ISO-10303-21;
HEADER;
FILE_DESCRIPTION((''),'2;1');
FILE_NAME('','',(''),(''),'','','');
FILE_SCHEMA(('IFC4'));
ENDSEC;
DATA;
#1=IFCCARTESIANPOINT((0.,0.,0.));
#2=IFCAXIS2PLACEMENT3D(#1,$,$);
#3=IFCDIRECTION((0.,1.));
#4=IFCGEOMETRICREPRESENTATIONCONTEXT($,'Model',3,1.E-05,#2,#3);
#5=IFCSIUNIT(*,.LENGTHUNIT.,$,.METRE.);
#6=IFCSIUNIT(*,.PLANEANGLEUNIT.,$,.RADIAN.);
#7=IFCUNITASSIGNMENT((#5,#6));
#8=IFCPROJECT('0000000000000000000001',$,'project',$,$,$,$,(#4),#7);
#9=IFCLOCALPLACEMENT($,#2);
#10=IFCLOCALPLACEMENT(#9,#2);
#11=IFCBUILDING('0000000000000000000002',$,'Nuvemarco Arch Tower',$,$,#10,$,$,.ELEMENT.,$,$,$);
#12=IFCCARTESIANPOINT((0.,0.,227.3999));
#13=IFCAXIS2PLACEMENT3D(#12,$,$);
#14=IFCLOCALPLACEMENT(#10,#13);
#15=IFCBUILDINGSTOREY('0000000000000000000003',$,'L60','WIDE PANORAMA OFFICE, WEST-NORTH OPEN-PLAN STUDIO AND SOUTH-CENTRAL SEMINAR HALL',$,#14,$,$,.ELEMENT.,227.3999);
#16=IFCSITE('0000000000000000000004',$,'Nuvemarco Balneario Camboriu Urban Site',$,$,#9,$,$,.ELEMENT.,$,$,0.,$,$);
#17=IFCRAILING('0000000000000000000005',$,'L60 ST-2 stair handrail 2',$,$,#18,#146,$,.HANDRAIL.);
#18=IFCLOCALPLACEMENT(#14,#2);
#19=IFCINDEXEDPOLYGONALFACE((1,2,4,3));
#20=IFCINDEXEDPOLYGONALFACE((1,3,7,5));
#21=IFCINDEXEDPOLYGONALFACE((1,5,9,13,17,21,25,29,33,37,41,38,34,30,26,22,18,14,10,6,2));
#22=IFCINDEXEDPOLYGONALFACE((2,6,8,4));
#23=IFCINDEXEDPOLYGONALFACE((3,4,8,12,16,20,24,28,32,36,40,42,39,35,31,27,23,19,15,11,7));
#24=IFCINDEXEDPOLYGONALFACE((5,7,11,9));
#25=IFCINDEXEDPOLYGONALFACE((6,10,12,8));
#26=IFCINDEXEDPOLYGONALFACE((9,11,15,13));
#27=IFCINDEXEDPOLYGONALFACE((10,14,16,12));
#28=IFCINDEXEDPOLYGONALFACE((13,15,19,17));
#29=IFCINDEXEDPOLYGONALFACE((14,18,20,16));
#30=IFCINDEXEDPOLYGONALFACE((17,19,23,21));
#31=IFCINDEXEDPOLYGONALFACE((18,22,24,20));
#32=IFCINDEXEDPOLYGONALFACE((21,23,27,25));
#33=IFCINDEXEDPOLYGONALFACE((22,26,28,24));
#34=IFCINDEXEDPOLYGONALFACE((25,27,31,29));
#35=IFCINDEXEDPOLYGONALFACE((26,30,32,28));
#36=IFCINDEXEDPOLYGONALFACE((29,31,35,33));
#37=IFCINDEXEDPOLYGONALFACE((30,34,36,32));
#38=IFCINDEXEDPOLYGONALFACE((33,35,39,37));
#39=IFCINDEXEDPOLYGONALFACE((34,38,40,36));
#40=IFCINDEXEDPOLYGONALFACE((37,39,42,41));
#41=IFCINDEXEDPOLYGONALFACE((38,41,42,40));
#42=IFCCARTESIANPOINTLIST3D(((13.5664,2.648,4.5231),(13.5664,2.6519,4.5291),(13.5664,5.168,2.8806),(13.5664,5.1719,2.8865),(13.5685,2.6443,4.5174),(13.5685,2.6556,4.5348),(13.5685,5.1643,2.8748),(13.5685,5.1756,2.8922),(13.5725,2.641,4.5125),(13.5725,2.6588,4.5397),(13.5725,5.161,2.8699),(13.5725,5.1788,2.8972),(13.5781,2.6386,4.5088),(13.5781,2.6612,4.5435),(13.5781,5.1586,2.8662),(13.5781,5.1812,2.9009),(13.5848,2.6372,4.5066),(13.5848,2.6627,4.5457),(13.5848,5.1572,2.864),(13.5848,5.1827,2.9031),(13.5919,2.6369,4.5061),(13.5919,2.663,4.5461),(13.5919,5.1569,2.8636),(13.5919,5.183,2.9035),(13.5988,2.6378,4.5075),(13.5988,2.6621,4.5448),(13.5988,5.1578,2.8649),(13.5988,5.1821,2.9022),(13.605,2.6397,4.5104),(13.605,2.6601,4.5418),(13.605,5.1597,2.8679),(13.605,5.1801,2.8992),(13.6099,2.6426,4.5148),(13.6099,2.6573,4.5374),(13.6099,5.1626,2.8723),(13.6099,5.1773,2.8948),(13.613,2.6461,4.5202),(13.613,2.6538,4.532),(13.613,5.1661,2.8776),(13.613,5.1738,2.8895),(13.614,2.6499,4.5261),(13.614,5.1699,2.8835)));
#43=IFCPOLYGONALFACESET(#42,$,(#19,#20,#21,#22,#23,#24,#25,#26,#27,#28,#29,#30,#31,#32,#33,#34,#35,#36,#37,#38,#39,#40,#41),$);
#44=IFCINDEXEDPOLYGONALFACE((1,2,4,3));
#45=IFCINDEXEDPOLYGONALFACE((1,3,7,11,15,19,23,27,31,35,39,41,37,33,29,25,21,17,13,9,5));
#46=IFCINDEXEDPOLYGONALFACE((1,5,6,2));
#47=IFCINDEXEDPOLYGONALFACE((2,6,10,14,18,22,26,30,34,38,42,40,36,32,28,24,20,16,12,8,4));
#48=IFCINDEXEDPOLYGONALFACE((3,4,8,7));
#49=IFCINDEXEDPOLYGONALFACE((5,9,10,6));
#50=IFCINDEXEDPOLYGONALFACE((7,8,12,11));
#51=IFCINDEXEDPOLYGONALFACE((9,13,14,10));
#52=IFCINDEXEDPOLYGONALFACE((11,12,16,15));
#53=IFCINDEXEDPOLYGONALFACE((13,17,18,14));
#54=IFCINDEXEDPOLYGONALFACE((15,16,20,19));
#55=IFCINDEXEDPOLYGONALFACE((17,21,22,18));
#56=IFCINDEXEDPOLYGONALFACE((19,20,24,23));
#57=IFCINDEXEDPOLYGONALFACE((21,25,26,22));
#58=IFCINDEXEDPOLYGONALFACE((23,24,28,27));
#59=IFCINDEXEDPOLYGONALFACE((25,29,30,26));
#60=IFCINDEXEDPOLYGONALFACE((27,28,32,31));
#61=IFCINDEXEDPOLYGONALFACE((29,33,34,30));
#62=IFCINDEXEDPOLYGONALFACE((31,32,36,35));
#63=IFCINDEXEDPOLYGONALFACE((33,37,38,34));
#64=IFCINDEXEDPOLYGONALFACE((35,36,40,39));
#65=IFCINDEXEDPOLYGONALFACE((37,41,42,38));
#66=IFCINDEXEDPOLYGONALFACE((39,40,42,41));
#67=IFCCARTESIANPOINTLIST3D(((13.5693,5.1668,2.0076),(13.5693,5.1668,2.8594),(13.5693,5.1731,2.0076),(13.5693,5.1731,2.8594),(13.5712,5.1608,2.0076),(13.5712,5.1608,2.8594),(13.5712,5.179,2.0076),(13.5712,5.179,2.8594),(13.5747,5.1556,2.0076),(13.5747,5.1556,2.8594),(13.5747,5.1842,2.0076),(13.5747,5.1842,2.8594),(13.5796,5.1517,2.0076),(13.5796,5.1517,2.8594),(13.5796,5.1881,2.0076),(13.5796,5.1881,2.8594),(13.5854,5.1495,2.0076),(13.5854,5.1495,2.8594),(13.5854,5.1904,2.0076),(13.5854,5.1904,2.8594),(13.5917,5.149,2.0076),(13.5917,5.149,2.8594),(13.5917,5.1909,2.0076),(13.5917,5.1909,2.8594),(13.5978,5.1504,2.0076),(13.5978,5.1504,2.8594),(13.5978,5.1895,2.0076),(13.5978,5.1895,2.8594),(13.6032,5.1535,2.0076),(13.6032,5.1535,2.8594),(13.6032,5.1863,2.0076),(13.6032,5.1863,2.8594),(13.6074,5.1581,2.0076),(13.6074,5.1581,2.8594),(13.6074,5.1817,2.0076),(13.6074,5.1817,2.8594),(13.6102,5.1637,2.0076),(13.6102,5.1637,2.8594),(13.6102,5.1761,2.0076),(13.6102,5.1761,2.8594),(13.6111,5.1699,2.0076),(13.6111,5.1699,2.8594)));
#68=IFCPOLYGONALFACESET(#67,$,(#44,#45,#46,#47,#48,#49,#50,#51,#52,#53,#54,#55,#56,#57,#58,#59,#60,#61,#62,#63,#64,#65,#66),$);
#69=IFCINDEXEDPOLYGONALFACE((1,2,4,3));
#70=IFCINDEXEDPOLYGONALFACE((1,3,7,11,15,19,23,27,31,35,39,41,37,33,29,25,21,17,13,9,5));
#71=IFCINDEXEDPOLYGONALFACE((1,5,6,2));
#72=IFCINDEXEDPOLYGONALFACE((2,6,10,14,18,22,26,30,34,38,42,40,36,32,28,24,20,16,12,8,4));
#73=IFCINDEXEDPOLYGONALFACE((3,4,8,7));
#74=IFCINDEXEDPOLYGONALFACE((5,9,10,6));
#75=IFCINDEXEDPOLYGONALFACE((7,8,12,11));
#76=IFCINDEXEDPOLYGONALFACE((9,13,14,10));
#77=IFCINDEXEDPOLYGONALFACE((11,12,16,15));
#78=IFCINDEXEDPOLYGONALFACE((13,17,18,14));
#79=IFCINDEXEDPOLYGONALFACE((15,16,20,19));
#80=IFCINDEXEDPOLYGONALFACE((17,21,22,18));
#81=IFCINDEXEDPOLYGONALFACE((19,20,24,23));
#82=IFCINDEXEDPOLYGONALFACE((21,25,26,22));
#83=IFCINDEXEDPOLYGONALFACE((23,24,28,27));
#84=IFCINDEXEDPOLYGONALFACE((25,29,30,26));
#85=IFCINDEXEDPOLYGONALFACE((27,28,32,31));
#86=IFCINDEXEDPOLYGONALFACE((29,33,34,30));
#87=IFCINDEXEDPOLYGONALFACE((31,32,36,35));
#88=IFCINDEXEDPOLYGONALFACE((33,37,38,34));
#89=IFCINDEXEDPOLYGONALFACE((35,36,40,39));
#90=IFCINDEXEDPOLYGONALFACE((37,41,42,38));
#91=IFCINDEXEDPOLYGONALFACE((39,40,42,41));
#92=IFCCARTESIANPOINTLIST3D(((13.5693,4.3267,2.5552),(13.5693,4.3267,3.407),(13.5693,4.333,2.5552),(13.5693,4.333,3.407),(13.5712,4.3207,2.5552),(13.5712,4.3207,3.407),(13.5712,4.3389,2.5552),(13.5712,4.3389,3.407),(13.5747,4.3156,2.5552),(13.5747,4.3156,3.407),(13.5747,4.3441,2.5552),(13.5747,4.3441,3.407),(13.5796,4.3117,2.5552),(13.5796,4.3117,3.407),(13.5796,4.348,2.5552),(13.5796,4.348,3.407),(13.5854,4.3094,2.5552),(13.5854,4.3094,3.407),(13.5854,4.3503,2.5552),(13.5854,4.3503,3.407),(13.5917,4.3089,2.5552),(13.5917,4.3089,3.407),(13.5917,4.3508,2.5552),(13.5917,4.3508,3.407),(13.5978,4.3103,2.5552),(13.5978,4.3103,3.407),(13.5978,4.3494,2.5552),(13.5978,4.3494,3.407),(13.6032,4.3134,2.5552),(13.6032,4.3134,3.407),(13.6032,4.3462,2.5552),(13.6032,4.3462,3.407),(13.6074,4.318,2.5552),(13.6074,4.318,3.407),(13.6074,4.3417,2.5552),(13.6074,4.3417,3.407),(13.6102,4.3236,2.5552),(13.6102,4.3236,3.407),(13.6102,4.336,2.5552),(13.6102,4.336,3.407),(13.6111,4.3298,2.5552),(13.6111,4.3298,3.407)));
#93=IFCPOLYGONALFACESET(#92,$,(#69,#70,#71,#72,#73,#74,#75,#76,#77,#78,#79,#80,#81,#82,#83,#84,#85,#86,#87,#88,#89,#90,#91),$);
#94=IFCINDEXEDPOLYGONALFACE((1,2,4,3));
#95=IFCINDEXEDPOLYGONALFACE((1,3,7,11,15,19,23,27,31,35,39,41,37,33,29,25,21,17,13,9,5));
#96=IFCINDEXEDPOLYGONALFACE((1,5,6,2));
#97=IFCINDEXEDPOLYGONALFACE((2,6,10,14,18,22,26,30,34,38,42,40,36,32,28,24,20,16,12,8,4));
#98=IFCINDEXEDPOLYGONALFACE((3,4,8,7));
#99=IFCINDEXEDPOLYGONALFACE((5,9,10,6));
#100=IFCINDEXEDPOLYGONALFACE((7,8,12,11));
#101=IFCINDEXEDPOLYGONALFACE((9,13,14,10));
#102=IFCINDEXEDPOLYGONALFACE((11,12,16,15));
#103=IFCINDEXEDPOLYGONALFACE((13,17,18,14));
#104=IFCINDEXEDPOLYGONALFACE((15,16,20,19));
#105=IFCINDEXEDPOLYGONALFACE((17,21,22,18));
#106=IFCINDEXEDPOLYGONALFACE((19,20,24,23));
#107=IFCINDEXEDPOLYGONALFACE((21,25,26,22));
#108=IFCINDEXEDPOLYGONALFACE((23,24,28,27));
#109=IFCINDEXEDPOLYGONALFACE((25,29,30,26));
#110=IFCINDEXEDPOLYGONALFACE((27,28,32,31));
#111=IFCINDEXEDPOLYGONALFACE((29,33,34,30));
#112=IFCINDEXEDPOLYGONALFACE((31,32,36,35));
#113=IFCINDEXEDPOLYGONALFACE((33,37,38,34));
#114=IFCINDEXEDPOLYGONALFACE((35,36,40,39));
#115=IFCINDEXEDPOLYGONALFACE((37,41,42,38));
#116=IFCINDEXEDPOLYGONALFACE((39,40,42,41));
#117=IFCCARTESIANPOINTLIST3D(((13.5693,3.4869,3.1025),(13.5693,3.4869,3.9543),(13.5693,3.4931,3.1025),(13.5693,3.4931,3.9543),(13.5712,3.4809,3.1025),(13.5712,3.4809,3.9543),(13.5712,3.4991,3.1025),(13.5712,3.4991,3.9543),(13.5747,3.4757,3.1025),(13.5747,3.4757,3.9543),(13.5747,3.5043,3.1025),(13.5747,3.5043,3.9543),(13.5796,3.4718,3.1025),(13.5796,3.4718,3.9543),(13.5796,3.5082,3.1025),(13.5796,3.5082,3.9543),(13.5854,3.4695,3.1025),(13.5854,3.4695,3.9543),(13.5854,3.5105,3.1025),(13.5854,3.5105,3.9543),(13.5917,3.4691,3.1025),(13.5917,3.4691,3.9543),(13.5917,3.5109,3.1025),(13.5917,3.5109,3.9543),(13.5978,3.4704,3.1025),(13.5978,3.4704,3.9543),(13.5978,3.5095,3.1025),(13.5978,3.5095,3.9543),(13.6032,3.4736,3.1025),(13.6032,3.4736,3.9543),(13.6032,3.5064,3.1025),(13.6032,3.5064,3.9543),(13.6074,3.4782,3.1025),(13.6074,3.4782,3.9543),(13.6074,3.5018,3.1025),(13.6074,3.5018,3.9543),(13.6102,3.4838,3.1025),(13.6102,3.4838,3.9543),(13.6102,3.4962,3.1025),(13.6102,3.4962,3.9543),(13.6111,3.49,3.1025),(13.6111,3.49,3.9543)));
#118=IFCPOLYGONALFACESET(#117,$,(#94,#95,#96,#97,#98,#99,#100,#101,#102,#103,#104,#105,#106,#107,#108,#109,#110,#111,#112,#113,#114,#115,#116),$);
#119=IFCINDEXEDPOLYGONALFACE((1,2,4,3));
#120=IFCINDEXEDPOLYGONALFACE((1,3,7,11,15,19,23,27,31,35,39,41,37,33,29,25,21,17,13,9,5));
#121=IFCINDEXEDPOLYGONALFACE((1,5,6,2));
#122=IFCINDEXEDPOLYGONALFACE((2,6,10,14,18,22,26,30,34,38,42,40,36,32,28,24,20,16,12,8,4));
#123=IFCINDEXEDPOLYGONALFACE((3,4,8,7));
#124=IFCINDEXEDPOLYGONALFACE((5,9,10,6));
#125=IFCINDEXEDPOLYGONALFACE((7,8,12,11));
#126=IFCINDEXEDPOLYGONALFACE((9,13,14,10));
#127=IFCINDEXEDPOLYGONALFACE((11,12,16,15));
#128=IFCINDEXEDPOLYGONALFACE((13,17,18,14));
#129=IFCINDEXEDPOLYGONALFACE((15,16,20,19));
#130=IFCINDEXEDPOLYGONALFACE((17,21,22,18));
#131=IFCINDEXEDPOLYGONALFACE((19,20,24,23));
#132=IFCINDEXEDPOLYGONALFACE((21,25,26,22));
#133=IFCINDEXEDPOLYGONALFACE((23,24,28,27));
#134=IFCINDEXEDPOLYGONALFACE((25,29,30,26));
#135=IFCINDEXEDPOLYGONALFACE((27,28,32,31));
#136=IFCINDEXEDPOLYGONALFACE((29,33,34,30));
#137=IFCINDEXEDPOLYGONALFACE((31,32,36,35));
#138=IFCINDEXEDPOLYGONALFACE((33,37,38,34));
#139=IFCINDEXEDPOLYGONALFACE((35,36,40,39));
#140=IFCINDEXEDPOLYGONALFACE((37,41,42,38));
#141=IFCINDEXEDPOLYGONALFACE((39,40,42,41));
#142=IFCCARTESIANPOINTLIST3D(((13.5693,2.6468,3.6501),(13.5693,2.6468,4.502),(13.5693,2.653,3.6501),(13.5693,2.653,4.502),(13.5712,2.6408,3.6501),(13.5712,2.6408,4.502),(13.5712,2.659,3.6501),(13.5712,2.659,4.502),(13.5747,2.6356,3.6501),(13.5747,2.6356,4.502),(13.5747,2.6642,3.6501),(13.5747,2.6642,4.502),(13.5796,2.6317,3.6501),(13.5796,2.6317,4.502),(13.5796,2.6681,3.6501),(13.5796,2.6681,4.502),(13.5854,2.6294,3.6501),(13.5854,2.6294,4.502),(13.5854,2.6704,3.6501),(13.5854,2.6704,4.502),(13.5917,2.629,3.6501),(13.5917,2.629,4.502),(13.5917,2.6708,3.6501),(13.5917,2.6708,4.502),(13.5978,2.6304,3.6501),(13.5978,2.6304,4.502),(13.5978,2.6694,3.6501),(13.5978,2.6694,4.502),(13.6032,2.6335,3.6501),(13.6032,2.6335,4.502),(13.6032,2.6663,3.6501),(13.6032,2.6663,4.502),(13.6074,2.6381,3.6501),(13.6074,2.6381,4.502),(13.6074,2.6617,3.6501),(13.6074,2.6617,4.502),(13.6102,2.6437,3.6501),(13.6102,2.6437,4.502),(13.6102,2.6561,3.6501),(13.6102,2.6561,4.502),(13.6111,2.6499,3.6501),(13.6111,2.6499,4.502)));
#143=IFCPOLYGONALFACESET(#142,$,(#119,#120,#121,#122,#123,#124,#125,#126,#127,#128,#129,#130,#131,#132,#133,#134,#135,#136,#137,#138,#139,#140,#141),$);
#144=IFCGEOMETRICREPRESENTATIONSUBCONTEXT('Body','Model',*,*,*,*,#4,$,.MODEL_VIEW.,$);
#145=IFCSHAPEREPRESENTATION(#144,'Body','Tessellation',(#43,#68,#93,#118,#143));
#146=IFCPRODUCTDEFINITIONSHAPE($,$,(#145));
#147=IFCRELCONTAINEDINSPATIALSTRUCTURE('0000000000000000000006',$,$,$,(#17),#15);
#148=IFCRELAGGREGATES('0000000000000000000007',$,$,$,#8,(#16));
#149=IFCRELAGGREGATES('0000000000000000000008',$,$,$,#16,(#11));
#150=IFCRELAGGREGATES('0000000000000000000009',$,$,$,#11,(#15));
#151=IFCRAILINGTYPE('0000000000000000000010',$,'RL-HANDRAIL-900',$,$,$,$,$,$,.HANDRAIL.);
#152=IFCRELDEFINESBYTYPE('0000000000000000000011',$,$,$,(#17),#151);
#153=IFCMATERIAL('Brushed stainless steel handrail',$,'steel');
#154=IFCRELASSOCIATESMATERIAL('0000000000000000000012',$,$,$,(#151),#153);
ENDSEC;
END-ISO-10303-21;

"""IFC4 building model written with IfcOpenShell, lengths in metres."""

from ifc_helpers import new_model, si_unit, direction, frame, origin, origin_2d, place, context, subcontext, project, spatial, circle, extrude, material, type_object, element, save


model = new_model("IFC4")

# Units and contexts
model_context = context("Model", 3, precision=1e-05, world=origin(), true_north=direction((0.0, 1.0)))
body_context = subcontext(model_context, "Body", "Model", "MODEL_VIEW")
ifc_project = project(units=[si_unit("LENGTHUNIT", "METRE"), si_unit("PLANEANGLEUNIT", "RADIAN")], contexts=[model_context])

# Site, building, storey
site_placement = place(None, origin())
site = spatial("IfcSite", under=ifc_project, at=site_placement, Name="Nuvemarco Balneario Camboriu Urban Site", CompositionType="ELEMENT", RefElevation=0.0)
building_placement = place(site_placement, origin())
building = spatial("IfcBuilding", under=site, at=building_placement, Name="Nuvemarco Arch Tower", CompositionType="ELEMENT")
storey_placement = place(building_placement, frame((0.0, 0.0, 227.3999)))
storey = spatial("IfcBuildingStorey", under=building, at=storey_placement, Name="L60", Description="WIDE PANORAMA OFFICE, WEST-NORTH OPEN-PLAN STUDIO AND SOUTH-CENTRAL SEMINAR HALL", CompositionType="ELEMENT", Elevation=227.3999)

# Railing
ifc_material_1 = material(Name="Brushed stainless steel handrail", Category="steel")
railing_type_1 = type_object("IfcRailingType", Name="RL-HANDRAIL-900", PredefinedType="HANDRAIL", material=ifc_material_1)
railing_1_placement = place(storey_placement, frame((13.5901, 5.1699, 2.0076)))
element("IfcRailing", 1, at=railing_1_placement, inside=storey, type_object=railing_type_1, Name="L60 ST-2 stair handrail 2", PredefinedType="HANDRAIL", context=body_context, shape_type="SweptSolid", body=[
    extrude(circle(Radius=0.0239, at=origin_2d()), frame((0.0, 0.0, 0.876), z_axis=(0.0, -0.837749, 0.546055), x_axis=(1.0, 0.0, 0.0)), (0.0, 0.0, 1.0), 3.0081),
    extrude(circle(Radius=0.021, at=origin_2d()), origin(), (0.0, 0.0, 1.0), 0.8518),
    extrude(circle(Radius=0.021, at=origin_2d()), frame((0.0, -0.8401, 0.5476)), (0.0, 0.0, 1.0), 0.8518),
    extrude(circle(Radius=0.021, at=origin_2d()), frame((0.0, -1.6799, 1.095)), (0.0, 0.0, 1.0), 0.8518),
    extrude(circle(Radius=0.021, at=origin_2d()), frame((0.0, -2.52, 1.6426)), (0.0, 0.0, 1.0), 0.8518),
])

save(model, "model.ifc")
